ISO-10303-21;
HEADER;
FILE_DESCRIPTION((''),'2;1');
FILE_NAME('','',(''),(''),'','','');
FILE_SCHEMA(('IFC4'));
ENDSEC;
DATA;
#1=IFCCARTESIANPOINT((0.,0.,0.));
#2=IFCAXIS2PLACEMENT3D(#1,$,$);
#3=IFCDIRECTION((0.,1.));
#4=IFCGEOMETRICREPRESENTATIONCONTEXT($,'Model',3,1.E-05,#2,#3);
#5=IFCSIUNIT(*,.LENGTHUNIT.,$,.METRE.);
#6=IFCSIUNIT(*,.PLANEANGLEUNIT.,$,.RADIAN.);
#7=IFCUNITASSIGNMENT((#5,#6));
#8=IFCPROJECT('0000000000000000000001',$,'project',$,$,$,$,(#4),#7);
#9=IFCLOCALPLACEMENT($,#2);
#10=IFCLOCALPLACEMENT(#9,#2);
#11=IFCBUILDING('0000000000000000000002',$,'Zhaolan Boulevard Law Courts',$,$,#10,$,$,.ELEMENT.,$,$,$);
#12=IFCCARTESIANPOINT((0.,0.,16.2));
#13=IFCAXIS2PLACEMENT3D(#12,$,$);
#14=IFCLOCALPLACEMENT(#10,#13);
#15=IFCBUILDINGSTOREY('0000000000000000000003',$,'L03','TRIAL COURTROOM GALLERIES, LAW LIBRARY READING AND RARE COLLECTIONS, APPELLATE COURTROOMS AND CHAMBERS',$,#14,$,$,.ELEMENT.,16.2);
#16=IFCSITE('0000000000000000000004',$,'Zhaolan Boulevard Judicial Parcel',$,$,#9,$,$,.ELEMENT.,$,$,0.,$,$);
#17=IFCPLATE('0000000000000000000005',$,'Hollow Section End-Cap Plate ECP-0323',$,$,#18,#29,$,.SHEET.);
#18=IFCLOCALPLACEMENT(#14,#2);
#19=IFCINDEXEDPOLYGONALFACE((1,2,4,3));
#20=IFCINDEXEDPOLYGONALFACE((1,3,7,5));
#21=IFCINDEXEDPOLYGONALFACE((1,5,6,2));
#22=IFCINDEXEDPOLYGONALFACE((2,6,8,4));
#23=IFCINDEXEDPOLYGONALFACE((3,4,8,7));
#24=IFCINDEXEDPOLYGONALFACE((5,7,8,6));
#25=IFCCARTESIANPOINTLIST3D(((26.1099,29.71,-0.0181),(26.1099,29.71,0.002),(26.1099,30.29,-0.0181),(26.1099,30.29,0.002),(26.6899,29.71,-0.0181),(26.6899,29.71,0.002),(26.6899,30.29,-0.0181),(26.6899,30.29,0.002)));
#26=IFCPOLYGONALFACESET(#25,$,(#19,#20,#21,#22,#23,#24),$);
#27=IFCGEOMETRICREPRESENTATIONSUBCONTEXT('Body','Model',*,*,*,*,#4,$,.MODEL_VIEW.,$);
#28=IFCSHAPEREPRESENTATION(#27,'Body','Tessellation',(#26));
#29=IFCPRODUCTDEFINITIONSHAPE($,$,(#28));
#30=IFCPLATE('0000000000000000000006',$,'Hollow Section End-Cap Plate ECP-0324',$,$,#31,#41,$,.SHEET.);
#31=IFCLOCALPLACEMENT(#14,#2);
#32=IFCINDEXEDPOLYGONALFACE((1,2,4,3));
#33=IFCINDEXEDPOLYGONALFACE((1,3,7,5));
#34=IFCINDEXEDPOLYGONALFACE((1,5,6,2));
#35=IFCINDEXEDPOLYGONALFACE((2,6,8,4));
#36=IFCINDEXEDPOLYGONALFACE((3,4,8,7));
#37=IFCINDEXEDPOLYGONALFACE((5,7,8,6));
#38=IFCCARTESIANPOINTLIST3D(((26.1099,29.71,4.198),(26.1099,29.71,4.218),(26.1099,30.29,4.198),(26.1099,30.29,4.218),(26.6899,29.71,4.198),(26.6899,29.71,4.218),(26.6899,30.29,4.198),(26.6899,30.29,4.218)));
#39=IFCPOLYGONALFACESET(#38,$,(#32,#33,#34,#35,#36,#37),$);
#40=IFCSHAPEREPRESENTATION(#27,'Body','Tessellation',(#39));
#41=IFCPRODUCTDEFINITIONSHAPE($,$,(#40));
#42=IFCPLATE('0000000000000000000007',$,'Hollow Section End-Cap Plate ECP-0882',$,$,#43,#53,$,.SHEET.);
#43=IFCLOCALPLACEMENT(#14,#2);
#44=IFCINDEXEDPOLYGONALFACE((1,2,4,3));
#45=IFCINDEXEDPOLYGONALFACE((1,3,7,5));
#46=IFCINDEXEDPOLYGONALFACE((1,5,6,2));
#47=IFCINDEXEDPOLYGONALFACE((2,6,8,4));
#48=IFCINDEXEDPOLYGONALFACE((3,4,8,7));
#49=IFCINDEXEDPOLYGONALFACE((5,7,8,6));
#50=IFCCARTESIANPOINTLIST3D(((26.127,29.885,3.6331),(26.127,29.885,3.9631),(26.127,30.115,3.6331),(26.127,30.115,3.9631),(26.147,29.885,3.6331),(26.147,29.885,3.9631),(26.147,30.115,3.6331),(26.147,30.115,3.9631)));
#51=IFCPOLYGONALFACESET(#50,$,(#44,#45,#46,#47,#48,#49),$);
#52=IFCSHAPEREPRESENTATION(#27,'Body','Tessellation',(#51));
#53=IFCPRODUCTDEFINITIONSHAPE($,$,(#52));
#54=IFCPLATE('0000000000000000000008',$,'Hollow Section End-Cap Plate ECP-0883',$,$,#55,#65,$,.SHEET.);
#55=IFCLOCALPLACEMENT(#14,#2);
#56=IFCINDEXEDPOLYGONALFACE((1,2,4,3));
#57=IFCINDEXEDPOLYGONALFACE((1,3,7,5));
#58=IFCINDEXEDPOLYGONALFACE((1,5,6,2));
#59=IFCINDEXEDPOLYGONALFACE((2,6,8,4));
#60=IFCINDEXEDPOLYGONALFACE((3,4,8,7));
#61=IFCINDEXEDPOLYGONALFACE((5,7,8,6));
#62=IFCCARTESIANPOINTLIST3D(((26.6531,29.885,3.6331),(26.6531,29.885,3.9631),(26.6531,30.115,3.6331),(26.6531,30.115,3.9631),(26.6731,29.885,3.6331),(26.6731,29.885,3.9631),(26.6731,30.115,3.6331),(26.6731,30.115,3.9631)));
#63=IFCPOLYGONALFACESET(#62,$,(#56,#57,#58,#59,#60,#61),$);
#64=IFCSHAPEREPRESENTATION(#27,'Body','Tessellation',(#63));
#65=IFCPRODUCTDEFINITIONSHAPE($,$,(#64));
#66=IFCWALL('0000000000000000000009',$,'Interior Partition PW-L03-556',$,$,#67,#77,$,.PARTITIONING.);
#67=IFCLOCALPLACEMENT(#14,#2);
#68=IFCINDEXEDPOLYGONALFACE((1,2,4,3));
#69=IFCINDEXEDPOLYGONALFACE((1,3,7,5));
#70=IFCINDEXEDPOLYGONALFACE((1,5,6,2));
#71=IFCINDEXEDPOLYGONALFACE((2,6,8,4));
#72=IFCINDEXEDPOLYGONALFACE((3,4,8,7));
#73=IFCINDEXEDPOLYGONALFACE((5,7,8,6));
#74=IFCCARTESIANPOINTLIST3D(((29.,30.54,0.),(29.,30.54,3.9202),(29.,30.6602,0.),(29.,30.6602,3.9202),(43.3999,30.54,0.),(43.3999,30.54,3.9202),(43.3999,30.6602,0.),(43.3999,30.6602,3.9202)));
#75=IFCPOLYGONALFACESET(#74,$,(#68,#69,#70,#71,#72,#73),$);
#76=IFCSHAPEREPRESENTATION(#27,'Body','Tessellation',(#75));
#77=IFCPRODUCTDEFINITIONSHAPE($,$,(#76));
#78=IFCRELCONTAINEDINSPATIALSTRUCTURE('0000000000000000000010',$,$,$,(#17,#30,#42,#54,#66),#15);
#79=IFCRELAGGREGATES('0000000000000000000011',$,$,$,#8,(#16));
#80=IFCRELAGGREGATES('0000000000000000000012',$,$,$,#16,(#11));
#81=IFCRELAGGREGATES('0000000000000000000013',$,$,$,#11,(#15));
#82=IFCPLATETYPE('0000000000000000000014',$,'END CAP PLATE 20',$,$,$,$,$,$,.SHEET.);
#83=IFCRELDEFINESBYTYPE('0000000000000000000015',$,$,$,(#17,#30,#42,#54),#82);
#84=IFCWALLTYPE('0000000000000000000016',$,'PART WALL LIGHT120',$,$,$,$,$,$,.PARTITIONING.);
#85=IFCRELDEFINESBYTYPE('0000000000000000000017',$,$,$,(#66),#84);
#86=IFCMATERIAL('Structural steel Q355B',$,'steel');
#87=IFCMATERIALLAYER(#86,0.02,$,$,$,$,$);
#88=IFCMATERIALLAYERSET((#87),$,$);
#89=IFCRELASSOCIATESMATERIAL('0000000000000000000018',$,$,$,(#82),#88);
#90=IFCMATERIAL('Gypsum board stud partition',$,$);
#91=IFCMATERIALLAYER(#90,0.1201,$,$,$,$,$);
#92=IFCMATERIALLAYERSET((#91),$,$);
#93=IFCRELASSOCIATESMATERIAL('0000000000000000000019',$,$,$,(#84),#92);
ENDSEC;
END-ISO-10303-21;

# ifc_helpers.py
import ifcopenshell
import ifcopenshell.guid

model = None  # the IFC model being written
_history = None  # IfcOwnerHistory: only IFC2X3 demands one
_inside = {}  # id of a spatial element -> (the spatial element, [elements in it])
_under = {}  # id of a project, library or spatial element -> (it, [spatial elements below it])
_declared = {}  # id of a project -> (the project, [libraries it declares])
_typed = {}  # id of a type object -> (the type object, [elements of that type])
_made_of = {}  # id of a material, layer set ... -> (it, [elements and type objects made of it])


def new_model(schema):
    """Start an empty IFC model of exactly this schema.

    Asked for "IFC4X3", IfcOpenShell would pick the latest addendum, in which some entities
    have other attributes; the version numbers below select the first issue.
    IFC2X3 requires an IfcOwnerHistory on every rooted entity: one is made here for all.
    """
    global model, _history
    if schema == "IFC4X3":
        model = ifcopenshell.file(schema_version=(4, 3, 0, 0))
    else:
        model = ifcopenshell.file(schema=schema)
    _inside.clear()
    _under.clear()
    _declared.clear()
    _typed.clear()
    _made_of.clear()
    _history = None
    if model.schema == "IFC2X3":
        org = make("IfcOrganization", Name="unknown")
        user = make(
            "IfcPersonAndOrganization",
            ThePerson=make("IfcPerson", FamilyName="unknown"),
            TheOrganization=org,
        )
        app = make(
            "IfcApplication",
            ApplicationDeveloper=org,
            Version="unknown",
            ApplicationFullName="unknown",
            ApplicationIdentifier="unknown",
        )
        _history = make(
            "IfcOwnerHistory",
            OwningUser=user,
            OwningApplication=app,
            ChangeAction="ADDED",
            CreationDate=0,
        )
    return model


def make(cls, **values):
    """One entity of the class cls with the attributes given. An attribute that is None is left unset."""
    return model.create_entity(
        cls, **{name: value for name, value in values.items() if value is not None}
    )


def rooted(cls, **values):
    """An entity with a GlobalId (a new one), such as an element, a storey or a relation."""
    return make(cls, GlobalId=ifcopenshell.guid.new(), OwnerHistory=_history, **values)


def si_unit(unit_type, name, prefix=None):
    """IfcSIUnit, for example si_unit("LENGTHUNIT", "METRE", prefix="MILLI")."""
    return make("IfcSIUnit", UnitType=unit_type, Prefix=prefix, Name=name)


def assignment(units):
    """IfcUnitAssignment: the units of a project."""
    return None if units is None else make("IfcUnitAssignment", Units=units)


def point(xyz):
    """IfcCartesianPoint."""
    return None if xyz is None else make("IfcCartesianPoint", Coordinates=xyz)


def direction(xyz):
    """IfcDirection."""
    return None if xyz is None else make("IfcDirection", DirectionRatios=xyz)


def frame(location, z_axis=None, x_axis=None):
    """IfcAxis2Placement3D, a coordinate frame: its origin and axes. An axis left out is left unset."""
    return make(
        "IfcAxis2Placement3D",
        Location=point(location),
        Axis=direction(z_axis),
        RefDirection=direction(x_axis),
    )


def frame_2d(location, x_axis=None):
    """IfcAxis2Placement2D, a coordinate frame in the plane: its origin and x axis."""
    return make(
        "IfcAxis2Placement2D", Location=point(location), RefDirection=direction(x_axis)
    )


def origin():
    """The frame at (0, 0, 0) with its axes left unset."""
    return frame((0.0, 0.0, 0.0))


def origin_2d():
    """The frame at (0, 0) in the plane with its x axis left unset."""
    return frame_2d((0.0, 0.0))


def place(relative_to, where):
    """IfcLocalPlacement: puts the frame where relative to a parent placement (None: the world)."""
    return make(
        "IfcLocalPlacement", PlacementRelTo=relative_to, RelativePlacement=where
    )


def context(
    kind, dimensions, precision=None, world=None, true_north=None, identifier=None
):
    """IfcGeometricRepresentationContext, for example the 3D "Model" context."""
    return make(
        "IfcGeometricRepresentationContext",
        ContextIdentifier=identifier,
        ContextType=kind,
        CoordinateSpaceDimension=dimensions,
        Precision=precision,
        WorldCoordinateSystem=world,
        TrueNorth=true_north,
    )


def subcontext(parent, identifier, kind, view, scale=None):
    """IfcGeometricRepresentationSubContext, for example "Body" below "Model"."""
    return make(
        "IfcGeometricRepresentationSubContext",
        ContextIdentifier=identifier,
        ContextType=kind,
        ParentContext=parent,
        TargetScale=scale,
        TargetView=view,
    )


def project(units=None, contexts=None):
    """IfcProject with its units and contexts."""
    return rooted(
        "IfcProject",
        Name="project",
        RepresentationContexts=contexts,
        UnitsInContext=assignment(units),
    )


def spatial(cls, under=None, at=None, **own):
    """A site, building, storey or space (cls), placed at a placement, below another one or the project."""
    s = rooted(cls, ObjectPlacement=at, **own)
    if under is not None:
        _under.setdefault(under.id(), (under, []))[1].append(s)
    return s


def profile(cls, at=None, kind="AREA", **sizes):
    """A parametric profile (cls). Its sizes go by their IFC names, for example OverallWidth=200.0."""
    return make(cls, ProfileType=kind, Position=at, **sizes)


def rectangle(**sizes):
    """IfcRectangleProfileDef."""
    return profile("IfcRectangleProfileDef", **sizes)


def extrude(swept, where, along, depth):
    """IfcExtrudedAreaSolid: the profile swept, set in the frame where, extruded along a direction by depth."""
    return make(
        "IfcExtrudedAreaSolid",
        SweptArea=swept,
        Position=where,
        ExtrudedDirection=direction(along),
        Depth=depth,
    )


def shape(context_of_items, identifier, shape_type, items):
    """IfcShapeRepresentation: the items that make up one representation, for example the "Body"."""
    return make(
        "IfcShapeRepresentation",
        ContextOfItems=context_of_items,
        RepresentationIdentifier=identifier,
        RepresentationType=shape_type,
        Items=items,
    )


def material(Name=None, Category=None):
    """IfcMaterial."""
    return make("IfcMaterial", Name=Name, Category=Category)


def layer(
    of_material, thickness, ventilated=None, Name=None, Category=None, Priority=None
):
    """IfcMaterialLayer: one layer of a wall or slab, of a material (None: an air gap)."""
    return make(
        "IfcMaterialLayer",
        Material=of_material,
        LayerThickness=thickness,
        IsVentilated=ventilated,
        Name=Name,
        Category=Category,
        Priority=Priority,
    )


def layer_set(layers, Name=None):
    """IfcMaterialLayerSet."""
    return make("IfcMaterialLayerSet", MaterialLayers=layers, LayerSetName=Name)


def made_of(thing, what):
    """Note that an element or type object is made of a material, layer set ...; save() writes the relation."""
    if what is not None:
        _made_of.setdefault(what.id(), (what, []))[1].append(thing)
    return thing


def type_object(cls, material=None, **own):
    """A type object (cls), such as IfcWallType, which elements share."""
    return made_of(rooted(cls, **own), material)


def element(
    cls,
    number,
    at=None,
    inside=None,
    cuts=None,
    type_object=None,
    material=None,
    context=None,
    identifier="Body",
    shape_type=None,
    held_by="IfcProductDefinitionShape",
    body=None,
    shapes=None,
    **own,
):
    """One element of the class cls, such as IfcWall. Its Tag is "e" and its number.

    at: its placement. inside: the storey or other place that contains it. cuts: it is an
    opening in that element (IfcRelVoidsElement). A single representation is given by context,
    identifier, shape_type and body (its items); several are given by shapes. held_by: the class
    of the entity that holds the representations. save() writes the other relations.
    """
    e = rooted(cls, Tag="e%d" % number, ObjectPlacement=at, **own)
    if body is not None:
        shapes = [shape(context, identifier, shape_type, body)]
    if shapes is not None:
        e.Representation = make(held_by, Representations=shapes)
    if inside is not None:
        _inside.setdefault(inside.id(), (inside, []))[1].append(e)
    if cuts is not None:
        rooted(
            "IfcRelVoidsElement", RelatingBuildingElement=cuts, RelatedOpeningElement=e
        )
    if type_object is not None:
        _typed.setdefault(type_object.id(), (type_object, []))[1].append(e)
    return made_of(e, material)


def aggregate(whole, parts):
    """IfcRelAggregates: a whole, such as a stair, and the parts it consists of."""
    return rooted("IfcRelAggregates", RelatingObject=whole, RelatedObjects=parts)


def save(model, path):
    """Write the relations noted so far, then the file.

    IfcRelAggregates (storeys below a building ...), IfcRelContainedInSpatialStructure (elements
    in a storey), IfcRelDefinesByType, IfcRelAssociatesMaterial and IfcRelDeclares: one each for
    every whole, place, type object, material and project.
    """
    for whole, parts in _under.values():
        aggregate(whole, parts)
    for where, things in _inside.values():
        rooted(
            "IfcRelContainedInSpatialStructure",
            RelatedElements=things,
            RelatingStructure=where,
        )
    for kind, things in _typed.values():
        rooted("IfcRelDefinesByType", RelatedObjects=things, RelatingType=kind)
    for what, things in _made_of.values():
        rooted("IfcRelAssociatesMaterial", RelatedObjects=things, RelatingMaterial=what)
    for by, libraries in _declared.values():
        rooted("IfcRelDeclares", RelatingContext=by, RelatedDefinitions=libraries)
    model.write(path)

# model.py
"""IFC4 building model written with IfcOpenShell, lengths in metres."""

from ifc_helpers import new_model, si_unit, direction, frame, frame_2d, origin, origin_2d, place, context, subcontext, project, spatial, rectangle, extrude, material, layer, layer_set, type_object, element, save


model = new_model("IFC4")

# Units and contexts
model_context = context("Model", 3, precision=1e-05, world=origin(), true_north=direction((0.0, 1.0)))
body_context = subcontext(model_context, "Body", "Model", "MODEL_VIEW")
ifc_project = project(units=[si_unit("LENGTHUNIT", "METRE"), si_unit("PLANEANGLEUNIT", "RADIAN")], contexts=[model_context])

# Site, building, storey
site_placement = place(None, origin())
site = spatial("IfcSite", under=ifc_project, at=site_placement, Name="Zhaolan Boulevard Judicial Parcel", CompositionType="ELEMENT", RefElevation=0.0)
building_placement = place(site_placement, origin())
building = spatial("IfcBuilding", under=site, at=building_placement, Name="Zhaolan Boulevard Law Courts", CompositionType="ELEMENT")
storey_placement = place(building_placement, frame((0.0, 0.0, 16.2)))
storey = spatial("IfcBuildingStorey", under=building, at=storey_placement, Name="L03", Description="TRIAL COURTROOM GALLERIES, LAW LIBRARY READING AND RARE COLLECTIONS, APPELLATE COURTROOMS AND CHAMBERS", CompositionType="ELEMENT", Elevation=16.2)

# Plates
ifc_material_1 = material(Name="Structural steel Q355B", Category="steel")
ifc_layer_1 = layer(ifc_material_1, 0.02)
ifc_layer_set_1 = layer_set([ifc_layer_1])
plate_type_1 = type_object("IfcPlateType", Name="END CAP PLATE 20", PredefinedType="SHEET", material=ifc_layer_set_1)
for number, where, z_axis, x_axis, name in (
    (1, (26.3999, 30.0, -0.0181), (0.0, 0.0, 1.0), (1.0, 0.0, 0.0), "Hollow Section End-Cap Plate ECP-0323"),
    (2, (26.3999, 30.0, 4.198), (0.0, 0.0, 1.0), (1.0, 0.0, 0.0), "Hollow Section End-Cap Plate ECP-0324"),
):
    element("IfcPlate", number, at=place(storey_placement, frame(where, z_axis=z_axis, x_axis=x_axis)), inside=storey, type_object=plate_type_1, Name=name, PredefinedType="SHEET", context=body_context, shape_type="SweptSolid", body=[
        extrude(rectangle(XDim=0.5801, YDim=0.5801, at=origin_2d()), origin(), (0.0, 0.0, 1.0), 0.02),
    ])
for number, where, z_axis, x_axis, name in (
    (3, (26.137, 30.0, 3.6331), (0.0, 0.0, 1.0), (1.0, 0.0, 0.0), "Hollow Section End-Cap Plate ECP-0882"),
    (4, (26.6631, 30.0, 3.6331), (0.0, 0.0, 1.0), (1.0, 0.0, 0.0), "Hollow Section End-Cap Plate ECP-0883"),
):
    element("IfcPlate", number, at=place(storey_placement, frame(where, z_axis=z_axis, x_axis=x_axis)), inside=storey, type_object=plate_type_1, Name=name, PredefinedType="SHEET", context=body_context, shape_type="SweptSolid", body=[
        extrude(rectangle(XDim=0.02, YDim=0.23, at=origin_2d()), origin(), (0.0, 0.0, 1.0), 0.3301),
    ])

# Wall
ifc_material_2 = material(Name="Gypsum board stud partition")
ifc_layer_2 = layer(ifc_material_2, 0.1201)
ifc_layer_set_2 = layer_set([ifc_layer_2])
wall_type = type_object("IfcWallType", Name="PART WALL LIGHT120", PredefinedType="PARTITIONING", material=ifc_layer_set_2)
wall_placement = place(storey_placement, frame((29.0, 30.6001, 0.0), z_axis=(0.0, 0.0, 1.0), x_axis=(1.0, 0.0, 0.0)))
element("IfcWall", 5, at=wall_placement, inside=storey, type_object=wall_type, Name="Interior Partition PW-L03-556", PredefinedType="PARTITIONING", context=body_context, shape_type="SweptSolid", body=[
    extrude(rectangle(XDim=14.3999, YDim=0.1201, at=frame_2d((7.2, 0.0))), origin(), (0.0, 0.0, 1.0), 3.9202),
])

save(model, "model.ifc")
